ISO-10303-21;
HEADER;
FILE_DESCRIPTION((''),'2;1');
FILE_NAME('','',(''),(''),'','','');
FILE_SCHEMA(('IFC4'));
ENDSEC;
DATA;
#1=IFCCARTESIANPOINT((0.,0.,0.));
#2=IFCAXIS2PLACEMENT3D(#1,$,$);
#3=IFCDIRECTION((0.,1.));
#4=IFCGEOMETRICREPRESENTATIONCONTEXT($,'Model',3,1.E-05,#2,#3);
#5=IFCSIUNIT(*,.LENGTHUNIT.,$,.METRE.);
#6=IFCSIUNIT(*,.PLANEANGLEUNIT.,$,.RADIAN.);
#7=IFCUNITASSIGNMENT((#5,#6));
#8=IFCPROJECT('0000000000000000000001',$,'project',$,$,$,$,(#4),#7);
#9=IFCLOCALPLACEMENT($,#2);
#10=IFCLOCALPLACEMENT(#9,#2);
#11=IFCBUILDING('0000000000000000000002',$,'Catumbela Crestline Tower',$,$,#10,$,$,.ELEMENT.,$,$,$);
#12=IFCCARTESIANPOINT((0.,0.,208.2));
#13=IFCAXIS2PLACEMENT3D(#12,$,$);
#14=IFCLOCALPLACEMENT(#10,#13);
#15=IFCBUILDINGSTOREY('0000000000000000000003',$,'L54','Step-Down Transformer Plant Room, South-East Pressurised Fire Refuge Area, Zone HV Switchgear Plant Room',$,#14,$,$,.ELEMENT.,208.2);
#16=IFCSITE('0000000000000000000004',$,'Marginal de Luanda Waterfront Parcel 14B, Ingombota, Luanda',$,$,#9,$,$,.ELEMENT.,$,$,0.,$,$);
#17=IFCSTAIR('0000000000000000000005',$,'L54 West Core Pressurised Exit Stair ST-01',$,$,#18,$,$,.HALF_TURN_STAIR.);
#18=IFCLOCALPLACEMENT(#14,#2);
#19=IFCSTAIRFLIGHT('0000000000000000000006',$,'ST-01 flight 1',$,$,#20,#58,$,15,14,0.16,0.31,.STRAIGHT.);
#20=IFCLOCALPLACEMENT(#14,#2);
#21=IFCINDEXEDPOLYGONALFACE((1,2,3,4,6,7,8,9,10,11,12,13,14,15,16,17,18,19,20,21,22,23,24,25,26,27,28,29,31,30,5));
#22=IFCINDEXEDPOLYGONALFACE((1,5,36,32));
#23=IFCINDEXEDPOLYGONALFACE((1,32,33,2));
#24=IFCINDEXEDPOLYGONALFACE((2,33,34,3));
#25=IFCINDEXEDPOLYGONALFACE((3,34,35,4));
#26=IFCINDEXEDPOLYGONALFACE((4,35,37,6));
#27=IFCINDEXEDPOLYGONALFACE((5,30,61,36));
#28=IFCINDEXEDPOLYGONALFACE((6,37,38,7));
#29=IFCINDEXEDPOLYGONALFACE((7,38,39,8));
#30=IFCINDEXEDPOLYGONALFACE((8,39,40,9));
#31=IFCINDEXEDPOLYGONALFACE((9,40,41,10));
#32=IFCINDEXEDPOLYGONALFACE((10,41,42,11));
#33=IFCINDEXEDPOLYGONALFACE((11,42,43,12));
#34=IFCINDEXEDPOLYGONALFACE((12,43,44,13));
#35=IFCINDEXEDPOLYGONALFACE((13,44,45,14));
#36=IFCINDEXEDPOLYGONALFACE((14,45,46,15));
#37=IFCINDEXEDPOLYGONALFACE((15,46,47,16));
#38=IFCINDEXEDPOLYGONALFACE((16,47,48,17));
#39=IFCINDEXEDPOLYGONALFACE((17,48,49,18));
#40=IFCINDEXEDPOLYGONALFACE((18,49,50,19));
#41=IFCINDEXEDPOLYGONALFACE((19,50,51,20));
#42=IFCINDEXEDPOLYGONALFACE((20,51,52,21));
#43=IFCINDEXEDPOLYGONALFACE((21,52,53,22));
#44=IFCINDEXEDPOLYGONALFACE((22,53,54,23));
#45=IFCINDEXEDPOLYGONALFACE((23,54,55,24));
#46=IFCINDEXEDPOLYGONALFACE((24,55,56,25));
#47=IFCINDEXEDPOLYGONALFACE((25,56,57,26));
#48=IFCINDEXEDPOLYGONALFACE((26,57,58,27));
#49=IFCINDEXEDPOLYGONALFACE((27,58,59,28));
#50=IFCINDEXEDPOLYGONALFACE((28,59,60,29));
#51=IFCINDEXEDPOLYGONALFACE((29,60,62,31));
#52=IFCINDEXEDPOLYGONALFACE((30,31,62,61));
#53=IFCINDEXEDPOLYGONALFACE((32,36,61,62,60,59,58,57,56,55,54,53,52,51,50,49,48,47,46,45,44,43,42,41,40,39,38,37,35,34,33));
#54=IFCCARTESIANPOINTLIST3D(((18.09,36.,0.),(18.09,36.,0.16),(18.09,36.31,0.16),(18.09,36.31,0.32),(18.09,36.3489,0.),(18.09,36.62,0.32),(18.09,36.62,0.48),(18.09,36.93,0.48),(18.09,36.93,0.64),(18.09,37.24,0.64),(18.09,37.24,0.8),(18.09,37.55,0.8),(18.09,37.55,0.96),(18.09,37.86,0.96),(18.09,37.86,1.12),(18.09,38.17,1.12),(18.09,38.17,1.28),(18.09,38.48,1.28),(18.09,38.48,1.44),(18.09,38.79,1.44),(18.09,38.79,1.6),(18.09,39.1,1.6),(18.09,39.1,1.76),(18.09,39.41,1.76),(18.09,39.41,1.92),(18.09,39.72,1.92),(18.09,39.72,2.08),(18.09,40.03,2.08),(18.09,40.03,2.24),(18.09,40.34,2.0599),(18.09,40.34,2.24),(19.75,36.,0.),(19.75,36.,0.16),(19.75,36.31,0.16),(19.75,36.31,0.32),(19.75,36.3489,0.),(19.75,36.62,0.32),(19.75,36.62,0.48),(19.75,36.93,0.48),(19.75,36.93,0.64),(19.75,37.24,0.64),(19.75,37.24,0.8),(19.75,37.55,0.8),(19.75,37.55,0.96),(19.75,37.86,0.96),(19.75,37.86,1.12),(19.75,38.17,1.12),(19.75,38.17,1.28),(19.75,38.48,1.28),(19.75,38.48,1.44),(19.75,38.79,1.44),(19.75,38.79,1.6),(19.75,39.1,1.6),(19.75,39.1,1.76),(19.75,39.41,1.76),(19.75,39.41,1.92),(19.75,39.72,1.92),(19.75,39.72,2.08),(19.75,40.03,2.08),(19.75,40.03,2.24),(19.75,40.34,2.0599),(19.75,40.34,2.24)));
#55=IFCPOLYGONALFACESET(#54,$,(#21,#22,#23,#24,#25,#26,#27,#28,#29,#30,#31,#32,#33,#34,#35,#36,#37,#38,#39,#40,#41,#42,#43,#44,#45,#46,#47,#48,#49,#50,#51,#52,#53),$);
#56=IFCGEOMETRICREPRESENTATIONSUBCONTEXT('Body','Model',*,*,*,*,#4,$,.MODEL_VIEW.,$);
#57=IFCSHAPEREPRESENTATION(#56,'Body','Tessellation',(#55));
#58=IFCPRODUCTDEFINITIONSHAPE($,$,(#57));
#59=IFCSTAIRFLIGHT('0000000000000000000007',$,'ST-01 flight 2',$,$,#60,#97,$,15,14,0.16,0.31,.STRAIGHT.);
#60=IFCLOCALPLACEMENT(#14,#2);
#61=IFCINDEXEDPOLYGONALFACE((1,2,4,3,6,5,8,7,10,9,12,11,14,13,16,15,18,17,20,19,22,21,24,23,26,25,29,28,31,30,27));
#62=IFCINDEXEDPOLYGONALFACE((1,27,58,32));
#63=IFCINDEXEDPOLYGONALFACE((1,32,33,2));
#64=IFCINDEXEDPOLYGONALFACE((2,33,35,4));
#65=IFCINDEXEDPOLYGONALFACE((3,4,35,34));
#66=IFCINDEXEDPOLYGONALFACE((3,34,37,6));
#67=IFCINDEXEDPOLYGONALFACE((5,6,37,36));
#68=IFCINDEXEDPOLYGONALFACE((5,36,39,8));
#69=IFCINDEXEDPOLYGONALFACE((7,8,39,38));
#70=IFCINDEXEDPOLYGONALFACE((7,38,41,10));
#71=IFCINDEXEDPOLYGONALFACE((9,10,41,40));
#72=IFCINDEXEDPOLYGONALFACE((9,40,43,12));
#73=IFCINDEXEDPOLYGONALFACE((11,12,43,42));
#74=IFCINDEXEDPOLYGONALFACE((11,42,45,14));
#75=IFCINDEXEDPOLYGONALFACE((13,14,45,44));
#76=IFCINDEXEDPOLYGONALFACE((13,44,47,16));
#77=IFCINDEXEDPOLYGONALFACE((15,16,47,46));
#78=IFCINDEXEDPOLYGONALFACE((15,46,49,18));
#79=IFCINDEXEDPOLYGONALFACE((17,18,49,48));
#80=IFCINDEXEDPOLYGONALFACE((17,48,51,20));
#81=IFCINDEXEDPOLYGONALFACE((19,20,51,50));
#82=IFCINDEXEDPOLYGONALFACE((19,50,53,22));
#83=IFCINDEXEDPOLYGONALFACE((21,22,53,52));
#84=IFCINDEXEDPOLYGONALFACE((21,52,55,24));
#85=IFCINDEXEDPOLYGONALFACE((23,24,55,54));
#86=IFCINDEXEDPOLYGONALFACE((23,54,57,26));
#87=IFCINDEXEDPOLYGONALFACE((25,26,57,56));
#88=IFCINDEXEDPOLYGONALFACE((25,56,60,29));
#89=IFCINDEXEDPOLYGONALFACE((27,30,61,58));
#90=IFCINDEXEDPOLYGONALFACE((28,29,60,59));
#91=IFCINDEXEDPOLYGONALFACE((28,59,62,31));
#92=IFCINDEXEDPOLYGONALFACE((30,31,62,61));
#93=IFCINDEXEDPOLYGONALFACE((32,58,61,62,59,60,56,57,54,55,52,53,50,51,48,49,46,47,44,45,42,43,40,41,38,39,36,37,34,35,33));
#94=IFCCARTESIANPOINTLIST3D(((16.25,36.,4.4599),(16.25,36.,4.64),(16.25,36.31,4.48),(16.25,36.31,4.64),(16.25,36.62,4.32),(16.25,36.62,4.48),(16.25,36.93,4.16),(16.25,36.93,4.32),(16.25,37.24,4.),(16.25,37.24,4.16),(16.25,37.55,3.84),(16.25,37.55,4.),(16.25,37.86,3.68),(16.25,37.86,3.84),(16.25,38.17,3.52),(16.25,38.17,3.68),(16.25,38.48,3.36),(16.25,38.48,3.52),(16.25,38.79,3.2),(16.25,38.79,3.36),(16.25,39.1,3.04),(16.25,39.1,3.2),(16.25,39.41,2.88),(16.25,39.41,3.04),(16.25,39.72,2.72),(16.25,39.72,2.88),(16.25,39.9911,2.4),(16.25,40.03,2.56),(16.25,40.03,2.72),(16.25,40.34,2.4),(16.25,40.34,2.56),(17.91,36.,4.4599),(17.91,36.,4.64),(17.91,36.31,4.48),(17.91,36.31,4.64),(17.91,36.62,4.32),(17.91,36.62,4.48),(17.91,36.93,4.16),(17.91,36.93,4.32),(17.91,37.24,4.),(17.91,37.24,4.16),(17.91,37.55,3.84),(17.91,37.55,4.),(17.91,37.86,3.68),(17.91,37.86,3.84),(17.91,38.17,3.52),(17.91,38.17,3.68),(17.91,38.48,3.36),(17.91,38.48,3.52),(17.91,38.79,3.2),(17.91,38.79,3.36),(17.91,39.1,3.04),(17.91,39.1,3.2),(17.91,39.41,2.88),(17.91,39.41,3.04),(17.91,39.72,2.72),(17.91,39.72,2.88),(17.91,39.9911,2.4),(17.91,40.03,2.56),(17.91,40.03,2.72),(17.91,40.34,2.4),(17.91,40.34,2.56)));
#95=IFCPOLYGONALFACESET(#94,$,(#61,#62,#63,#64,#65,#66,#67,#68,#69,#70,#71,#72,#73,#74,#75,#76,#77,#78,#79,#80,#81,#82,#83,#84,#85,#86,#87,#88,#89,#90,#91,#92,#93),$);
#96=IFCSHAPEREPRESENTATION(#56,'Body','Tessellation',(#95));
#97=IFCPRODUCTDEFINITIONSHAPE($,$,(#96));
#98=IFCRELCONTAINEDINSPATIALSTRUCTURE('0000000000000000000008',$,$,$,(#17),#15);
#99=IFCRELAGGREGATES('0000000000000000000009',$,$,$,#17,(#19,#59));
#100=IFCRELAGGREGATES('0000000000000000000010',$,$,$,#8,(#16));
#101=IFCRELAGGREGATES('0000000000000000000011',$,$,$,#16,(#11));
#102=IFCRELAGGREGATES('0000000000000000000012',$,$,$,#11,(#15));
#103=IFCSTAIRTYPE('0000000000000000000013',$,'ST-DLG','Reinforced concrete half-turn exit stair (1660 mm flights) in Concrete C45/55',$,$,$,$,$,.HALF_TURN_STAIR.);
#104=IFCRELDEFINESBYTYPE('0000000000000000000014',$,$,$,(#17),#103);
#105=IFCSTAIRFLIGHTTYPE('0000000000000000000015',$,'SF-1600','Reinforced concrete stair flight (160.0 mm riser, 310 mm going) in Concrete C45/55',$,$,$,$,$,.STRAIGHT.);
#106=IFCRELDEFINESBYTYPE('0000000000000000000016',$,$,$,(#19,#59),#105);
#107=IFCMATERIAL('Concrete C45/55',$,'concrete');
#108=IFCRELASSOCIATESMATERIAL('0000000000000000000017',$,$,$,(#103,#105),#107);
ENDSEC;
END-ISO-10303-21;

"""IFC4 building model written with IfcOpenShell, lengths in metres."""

from ifc_helpers import new_model, si_unit, direction, frame, origin, place, context, subcontext, project, spatial, polyline, outline, extrude, material, type_object, element, aggregate, save


model = new_model("IFC4")

# Units and contexts
model_context = context("Model", 3, precision=1e-05, world=origin(), true_north=direction((0.0, 1.0)))
body_context = subcontext(model_context, "Body", "Model", "MODEL_VIEW")
ifc_project = project(units=[si_unit("LENGTHUNIT", "METRE"), si_unit("PLANEANGLEUNIT", "RADIAN")], contexts=[model_context])

# Site, building, storey
site_placement = place(None, origin())
site = spatial("IfcSite", under=ifc_project, at=site_placement, Name="Marginal de Luanda Waterfront Parcel 14B, Ingombota, Luanda", CompositionType="ELEMENT", RefElevation=0.0)
building_placement = place(site_placement, origin())
building = spatial("IfcBuilding", under=site, at=building_placement, Name="Catumbela Crestline Tower", CompositionType="ELEMENT")
storey_placement = place(building_placement, frame((0.0, 0.0, 208.2)))
storey = spatial("IfcBuildingStorey", under=building, at=storey_placement, Name="L54", Description="Step-Down Transformer Plant Room, South-East Pressurised Fire Refuge Area, Zone HV Switchgear Plant Room", CompositionType="ELEMENT", Elevation=208.2)

# Stair, stair flights
ifc_material_1 = material(Name="Concrete C45/55", Category="concrete")
stair_type = type_object("IfcStairType", Name="ST-DLG", Description="Reinforced concrete half-turn exit stair (1660 mm flights) in Concrete C45/55", PredefinedType="HALF_TURN_STAIR", material=ifc_material_1)
stair_placement = place(storey_placement, origin())
stair = element("IfcStair", 1, at=stair_placement, inside=storey, type_object=stair_type, Name="L54 West Core Pressurised Exit Stair ST-01", PredefinedType="HALF_TURN_STAIR")
stair_flight_type = type_object("IfcStairFlightType", Name="SF-1600", Description="Reinforced concrete stair flight (160.0 mm riser, 310 mm going) in Concrete C45/55", PredefinedType="STRAIGHT", material=ifc_material_1)
stair_flight_1_placement = place(storey_placement, frame((18.92, 36.0, 0.0), z_axis=(0.0, 0.0, 1.0), x_axis=(0.0, 1.0, 0.0)))
stair_flight_1 = element("IfcStairFlight", 2, at=stair_flight_1_placement, type_object=stair_flight_type, Name="ST-01 flight 1", NumberOfRisers=15, NumberOfTreads=14, PredefinedType="STRAIGHT", RiserHeight=0.16, TreadLength=0.31, context=body_context, shape_type="SweptSolid", body=[
    extrude(outline(polyline([(0.0, 0.0), (0.0, 0.16), (0.31, 0.16), (0.31, 0.32), (0.62, 0.32), (0.62, 0.48), (0.93, 0.48), (0.93, 0.64), (1.24, 0.64), (1.24, 0.8), (1.55, 0.8), (1.55, 0.96), (1.86, 0.96), (1.86, 1.12), (2.17, 1.12), (2.17, 1.28), (2.48, 1.28), (2.48, 1.44), (2.79, 1.44), (2.79, 1.6), (3.1, 1.6), (3.1, 1.76), (3.41, 1.76), (3.41, 1.92), (3.72, 1.92), (3.72, 2.08), (4.03, 2.08), (4.03, 2.24), (4.34, 2.24), (4.34, 2.4), (4.34, 2.0599), (0.3489, 0.0), (0.0, 0.0)])), frame((0.0, 0.83, 0.0), z_axis=(0.0, -1.0, 0.0), x_axis=(1.0, 0.0, 0.0)), (0.0, 0.0, 1.0), 1.66),
])
stair_flight_2_placement = place(storey_placement, frame((17.08, 40.34, 2.4), z_axis=(0.0, 0.0, 1.0), x_axis=(0.0, -1.0, 0.0)))
stair_flight_2 = element("IfcStairFlight", 3, at=stair_flight_2_placement, type_object=stair_flight_type, Name="ST-01 flight 2", NumberOfRisers=15, NumberOfTreads=14, PredefinedType="STRAIGHT", RiserHeight=0.16, TreadLength=0.31, context=body_context, shape_type="SweptSolid", body=[
    extrude(outline(polyline([(0.0, 0.0), (0.0, 0.16), (0.31, 0.16), (0.31, 0.32), (0.62, 0.32), (0.62, 0.48), (0.93, 0.48), (0.93, 0.64), (1.24, 0.64), (1.24, 0.8), (1.55, 0.8), (1.55, 0.96), (1.86, 0.96), (1.86, 1.12), (2.17, 1.12), (2.17, 1.28), (2.48, 1.28), (2.48, 1.44), (2.79, 1.44), (2.79, 1.6), (3.1, 1.6), (3.1, 1.76), (3.41, 1.76), (3.41, 1.92), (3.72, 1.92), (3.72, 2.08), (4.03, 2.08), (4.03, 2.24), (4.34, 2.24), (4.34, 2.4), (4.34, 2.0599), (0.3489, 0.0), (0.0, 0.0)])), frame((0.0, 0.83, 0.0), z_axis=(0.0, -1.0, 0.0), x_axis=(1.0, 0.0, 0.0)), (0.0, 0.0, 1.0), 1.66),
])
aggregate(stair, [stair_flight_1, stair_flight_2])

save(model, "model.ifc")
